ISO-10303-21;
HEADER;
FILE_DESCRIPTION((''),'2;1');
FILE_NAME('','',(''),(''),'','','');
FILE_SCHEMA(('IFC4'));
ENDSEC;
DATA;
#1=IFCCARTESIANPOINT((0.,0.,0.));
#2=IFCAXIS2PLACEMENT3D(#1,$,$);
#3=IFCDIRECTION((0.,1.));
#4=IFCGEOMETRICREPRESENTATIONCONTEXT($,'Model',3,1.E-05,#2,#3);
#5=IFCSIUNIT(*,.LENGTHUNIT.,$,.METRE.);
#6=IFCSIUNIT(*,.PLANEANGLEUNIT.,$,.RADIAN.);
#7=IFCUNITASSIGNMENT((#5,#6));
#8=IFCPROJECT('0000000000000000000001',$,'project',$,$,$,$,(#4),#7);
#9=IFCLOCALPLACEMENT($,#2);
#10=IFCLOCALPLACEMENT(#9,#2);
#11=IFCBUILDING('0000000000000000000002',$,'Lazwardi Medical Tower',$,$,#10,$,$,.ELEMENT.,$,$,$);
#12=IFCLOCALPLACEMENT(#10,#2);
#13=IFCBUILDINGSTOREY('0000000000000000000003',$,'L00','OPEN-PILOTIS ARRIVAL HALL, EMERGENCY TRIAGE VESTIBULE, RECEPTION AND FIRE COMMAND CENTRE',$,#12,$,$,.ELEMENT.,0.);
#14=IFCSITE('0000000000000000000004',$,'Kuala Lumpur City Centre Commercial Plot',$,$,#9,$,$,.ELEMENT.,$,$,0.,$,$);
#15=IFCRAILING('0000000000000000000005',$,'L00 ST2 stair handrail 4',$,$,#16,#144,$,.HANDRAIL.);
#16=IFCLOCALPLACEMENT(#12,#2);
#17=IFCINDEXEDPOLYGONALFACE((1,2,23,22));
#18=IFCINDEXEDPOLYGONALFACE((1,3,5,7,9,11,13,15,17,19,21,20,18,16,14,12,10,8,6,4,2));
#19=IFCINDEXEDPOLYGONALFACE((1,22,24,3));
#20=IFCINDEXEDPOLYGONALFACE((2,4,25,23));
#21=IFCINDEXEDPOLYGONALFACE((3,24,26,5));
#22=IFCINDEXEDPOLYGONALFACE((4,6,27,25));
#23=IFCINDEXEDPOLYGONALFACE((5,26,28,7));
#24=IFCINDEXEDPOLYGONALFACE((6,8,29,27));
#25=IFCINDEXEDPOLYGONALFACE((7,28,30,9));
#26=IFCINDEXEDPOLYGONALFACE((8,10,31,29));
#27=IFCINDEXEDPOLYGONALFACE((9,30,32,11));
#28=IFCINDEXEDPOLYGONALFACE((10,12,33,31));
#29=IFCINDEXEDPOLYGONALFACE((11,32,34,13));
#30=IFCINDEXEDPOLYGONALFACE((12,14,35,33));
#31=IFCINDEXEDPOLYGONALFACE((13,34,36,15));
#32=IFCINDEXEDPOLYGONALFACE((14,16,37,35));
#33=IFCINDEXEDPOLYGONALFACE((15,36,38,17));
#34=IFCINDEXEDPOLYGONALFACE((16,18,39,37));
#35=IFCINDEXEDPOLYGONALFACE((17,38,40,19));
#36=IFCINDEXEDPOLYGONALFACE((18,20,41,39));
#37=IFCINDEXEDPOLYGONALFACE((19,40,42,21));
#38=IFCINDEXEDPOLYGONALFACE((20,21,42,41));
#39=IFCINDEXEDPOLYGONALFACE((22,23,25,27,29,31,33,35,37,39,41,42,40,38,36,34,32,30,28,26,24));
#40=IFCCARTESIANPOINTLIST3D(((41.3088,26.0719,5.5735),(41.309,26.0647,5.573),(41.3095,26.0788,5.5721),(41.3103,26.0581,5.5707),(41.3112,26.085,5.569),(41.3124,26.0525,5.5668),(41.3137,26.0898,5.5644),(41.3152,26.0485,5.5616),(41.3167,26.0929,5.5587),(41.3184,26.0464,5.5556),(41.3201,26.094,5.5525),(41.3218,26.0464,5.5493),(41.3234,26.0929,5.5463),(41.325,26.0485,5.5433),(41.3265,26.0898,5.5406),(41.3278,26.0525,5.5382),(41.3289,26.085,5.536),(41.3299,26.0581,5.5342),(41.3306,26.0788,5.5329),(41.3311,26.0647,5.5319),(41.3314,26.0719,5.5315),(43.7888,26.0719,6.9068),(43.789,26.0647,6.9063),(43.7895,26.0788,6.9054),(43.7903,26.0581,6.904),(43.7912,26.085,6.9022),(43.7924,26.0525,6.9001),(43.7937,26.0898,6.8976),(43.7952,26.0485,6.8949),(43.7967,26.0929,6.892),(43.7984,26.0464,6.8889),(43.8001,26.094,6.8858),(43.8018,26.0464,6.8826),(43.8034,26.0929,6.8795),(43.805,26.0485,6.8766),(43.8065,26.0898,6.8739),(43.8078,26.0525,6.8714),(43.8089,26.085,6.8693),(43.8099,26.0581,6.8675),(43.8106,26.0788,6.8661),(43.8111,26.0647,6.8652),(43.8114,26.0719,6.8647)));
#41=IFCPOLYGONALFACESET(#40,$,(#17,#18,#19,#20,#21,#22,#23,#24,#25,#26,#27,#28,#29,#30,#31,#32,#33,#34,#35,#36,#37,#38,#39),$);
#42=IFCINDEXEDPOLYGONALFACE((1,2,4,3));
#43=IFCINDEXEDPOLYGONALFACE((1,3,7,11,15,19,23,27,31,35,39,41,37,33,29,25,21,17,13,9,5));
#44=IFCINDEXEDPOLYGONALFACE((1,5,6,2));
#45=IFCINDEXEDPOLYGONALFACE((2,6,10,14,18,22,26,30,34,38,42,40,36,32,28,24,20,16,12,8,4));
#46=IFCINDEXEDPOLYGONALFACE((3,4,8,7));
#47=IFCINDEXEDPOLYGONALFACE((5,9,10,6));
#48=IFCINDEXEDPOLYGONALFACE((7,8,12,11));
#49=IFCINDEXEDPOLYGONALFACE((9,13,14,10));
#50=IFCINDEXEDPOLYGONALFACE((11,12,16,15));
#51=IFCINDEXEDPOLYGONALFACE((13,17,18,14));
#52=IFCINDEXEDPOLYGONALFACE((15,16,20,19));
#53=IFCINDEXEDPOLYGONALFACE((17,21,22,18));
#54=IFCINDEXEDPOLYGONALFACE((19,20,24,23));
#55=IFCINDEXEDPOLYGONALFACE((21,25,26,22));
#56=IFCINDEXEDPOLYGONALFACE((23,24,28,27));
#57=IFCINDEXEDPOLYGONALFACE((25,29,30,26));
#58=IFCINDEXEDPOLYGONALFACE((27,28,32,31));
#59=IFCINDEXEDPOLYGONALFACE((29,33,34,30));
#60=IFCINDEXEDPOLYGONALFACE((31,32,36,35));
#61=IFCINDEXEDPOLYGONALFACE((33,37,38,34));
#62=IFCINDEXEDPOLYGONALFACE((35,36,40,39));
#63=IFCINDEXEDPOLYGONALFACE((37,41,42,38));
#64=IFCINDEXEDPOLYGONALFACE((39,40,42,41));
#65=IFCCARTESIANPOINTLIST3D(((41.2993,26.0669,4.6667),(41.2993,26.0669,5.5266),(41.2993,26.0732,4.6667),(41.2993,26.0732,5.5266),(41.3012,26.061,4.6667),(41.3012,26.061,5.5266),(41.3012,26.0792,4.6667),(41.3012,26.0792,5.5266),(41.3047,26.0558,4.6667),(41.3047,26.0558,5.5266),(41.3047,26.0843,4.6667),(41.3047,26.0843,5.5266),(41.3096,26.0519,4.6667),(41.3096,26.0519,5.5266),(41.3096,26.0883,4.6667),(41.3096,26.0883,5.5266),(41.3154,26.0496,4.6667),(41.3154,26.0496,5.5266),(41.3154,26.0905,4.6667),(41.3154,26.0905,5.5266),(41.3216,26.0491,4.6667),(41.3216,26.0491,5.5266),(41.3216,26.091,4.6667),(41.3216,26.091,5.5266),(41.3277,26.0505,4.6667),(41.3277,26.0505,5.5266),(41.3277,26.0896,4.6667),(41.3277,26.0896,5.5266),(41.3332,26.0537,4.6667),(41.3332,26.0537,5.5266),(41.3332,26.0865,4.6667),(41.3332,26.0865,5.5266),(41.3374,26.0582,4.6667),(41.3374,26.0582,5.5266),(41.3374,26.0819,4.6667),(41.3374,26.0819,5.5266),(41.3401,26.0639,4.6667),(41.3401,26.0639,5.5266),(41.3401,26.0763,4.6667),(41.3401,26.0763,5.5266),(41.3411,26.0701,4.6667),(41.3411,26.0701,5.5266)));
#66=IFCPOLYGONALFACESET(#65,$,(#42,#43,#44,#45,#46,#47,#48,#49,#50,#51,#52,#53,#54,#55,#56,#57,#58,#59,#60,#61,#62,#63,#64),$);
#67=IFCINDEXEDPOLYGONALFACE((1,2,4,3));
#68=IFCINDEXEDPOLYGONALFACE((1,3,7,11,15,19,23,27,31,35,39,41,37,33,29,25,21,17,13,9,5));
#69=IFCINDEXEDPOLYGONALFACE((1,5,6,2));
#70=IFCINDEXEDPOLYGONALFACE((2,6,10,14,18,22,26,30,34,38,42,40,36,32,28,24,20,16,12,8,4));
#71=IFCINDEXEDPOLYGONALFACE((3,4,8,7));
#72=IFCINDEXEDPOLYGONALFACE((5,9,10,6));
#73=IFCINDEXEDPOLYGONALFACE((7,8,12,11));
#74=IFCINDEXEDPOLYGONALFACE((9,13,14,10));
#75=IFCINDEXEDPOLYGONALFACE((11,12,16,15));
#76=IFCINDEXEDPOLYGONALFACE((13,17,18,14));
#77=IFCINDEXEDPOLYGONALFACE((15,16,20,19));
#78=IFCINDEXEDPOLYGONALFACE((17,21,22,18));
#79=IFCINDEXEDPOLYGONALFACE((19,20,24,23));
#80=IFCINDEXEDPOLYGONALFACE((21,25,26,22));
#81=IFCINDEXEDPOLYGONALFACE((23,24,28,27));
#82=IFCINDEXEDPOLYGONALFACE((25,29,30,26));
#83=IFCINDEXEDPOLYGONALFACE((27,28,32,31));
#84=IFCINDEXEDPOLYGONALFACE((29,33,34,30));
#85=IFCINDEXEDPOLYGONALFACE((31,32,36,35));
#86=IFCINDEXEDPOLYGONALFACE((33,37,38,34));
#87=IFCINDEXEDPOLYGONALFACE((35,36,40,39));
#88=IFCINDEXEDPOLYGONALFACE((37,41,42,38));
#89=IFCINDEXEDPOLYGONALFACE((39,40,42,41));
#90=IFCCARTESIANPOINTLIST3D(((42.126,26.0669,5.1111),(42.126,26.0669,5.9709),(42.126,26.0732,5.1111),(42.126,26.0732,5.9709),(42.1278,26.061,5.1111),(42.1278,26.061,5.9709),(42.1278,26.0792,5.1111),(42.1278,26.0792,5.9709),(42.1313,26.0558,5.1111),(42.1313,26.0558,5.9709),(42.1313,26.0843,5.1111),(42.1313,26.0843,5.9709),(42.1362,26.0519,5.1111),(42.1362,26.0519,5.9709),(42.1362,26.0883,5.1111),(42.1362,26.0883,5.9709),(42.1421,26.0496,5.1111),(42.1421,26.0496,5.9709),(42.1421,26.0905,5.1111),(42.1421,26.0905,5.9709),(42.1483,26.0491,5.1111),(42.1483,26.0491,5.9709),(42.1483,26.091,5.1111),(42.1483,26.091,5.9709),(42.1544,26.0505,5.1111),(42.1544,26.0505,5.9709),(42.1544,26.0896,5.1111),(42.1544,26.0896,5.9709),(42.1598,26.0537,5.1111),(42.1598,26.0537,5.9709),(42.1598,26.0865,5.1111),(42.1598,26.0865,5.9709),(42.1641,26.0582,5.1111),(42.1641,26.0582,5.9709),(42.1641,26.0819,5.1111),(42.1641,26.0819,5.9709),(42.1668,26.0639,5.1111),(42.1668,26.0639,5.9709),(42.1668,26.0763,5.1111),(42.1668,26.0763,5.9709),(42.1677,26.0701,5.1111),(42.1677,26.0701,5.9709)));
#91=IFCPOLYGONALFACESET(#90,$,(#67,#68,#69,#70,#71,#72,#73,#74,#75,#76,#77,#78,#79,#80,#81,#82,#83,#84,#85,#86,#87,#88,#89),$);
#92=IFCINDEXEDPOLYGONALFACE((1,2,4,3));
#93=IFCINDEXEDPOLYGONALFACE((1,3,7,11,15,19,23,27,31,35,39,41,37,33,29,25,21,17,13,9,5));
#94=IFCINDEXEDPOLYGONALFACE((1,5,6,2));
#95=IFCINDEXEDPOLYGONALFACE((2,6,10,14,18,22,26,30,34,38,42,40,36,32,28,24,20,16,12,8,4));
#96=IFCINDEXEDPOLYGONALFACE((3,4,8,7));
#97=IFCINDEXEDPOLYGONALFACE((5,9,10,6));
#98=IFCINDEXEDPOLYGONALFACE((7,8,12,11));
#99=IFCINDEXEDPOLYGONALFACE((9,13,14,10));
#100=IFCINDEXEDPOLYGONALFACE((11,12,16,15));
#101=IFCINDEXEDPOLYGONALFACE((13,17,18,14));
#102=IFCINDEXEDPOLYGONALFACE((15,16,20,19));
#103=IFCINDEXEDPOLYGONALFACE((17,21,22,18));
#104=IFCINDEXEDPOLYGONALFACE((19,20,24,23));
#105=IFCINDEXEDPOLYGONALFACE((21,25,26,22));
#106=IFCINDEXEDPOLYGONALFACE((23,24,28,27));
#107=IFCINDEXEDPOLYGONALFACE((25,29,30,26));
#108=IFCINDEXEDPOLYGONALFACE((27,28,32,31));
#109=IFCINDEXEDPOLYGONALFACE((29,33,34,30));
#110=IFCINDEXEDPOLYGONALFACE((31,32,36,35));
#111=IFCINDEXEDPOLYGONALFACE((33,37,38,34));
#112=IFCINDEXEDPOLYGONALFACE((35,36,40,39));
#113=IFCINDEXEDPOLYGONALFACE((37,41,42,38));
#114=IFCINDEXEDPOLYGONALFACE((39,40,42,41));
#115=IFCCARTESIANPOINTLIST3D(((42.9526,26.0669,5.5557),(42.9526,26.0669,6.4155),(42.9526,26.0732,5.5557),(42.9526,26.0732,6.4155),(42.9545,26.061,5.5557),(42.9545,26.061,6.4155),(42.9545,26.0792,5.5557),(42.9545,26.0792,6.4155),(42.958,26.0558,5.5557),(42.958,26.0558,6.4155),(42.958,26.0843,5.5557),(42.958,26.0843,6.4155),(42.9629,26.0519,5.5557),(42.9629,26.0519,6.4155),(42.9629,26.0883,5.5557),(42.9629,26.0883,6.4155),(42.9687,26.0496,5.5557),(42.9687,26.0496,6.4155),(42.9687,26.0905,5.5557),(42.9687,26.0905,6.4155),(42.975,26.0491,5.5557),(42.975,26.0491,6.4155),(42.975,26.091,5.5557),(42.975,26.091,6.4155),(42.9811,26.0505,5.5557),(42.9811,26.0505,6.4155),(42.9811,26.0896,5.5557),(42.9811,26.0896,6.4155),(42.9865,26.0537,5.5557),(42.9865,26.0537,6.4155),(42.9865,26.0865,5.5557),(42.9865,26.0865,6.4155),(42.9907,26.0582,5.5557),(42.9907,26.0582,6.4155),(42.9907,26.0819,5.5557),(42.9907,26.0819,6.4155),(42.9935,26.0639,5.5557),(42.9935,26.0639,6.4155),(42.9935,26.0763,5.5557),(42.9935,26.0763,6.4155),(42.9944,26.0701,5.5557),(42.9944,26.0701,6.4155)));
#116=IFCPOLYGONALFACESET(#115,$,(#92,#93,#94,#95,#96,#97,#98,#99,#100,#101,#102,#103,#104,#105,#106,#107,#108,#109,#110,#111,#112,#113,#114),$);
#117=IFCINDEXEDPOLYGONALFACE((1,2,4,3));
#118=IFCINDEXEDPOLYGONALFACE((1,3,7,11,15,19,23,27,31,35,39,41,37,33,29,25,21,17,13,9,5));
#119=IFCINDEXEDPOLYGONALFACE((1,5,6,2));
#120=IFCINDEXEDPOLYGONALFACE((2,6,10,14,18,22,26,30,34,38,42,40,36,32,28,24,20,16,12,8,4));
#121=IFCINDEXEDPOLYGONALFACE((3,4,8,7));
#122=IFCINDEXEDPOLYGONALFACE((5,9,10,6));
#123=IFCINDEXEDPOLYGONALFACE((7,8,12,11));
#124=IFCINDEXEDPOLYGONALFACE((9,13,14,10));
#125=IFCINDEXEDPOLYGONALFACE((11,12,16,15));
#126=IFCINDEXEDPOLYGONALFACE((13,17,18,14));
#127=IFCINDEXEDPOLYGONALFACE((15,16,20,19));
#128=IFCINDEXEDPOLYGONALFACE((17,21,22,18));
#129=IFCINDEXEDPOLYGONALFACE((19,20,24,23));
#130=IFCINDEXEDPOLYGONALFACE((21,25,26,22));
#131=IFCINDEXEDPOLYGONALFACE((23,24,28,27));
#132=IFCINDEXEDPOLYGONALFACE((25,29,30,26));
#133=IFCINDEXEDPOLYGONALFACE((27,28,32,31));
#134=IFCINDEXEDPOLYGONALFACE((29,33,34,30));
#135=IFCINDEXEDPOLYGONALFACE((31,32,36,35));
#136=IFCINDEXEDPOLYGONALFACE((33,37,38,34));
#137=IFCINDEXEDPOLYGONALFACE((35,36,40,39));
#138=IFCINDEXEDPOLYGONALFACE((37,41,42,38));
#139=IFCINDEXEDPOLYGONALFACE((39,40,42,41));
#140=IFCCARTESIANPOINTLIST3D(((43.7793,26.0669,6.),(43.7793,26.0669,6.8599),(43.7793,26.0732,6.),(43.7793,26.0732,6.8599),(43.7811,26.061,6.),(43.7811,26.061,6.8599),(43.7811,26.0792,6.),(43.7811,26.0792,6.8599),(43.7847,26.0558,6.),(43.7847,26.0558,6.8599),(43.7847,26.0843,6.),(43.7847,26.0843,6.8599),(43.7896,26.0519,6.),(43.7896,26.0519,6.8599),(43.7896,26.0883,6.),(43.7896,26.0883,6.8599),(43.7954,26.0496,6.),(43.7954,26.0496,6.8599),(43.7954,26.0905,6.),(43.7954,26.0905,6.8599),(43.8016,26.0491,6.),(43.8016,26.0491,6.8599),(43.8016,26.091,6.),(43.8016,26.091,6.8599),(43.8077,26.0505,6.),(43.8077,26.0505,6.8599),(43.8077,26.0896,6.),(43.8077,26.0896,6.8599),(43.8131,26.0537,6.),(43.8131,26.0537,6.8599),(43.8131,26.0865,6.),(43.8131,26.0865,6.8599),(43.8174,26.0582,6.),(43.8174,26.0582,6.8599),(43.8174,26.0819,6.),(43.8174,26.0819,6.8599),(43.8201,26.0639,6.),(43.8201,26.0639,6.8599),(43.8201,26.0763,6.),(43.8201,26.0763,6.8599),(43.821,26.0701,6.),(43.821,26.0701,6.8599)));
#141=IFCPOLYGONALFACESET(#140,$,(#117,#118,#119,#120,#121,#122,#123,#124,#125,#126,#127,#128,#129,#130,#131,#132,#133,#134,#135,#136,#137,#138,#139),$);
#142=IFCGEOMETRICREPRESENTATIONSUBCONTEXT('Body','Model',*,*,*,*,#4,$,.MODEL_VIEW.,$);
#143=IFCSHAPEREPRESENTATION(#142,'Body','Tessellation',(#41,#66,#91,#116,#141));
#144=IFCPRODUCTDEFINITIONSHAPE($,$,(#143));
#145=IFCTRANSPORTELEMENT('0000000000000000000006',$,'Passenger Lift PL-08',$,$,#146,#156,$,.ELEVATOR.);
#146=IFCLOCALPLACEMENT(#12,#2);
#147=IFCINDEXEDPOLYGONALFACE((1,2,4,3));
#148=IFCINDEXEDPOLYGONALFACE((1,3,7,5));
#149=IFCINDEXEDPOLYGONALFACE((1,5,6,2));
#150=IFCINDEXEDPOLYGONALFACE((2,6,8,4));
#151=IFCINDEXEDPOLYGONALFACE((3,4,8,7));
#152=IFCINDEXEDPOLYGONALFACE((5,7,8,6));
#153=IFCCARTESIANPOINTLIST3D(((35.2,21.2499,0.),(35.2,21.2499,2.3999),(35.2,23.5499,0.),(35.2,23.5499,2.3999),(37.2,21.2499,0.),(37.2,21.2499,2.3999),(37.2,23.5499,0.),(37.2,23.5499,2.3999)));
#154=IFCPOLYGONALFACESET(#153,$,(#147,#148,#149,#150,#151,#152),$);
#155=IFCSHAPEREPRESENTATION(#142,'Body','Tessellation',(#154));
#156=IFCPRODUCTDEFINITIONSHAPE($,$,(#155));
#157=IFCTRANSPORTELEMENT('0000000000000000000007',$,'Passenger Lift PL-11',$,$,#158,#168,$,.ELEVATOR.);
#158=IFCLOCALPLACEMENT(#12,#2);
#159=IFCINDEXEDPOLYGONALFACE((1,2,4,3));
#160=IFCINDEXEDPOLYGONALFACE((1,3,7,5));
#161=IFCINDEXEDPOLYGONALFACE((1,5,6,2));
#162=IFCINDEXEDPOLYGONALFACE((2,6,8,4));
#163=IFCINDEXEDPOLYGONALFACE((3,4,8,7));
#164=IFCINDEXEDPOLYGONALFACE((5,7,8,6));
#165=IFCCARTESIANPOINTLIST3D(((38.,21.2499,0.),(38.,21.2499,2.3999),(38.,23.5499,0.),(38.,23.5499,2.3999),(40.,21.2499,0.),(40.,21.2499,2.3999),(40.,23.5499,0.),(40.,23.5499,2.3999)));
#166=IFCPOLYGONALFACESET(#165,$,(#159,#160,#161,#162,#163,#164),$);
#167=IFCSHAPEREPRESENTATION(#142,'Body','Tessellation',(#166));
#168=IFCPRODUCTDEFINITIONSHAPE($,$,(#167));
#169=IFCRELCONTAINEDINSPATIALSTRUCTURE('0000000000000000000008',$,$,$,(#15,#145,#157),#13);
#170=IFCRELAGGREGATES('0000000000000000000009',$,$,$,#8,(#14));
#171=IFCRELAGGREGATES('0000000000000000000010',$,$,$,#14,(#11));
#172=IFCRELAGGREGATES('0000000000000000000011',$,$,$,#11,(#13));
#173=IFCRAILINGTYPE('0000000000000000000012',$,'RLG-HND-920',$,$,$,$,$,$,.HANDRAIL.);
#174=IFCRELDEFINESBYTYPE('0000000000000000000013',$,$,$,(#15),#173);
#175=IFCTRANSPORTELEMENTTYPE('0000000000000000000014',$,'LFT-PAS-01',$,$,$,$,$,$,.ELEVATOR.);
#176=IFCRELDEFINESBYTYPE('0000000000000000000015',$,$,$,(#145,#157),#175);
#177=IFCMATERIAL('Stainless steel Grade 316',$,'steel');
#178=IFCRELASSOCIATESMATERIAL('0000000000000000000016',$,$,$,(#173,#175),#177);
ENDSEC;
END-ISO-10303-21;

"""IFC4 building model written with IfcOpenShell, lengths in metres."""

from ifc_helpers import new_model, si_unit, direction, frame, origin, origin_2d, place, context, subcontext, project, spatial, rectangle, circle, extrude, material, type_object, element, save


model = new_model("IFC4")

# Units and contexts
model_context = context("Model", 3, precision=1e-05, world=origin(), true_north=direction((0.0, 1.0)))
body_context = subcontext(model_context, "Body", "Model", "MODEL_VIEW")
ifc_project = project(units=[si_unit("LENGTHUNIT", "METRE"), si_unit("PLANEANGLEUNIT", "RADIAN")], contexts=[model_context])

# Site, building, storey
site_placement = place(None, origin())
site = spatial("IfcSite", under=ifc_project, at=site_placement, Name="Kuala Lumpur City Centre Commercial Plot", CompositionType="ELEMENT", RefElevation=0.0)
building_placement = place(site_placement, origin())
building = spatial("IfcBuilding", under=site, at=building_placement, Name="Lazwardi Medical Tower", CompositionType="ELEMENT")
storey_placement = place(building_placement, origin())
storey = spatial("IfcBuildingStorey", under=building, at=storey_placement, Name="L00", Description="OPEN-PILOTIS ARRIVAL HALL, EMERGENCY TRIAGE VESTIBULE, RECEPTION AND FIRE COMMAND CENTRE", CompositionType="ELEMENT", Elevation=0.0)

# Railing
ifc_material_1 = material(Name="Stainless steel Grade 316", Category="steel")
railing_type = type_object("IfcRailingType", Name="RLG-HND-920", PredefinedType="HANDRAIL", material=ifc_material_1)
for number, where, name in (
    (1, (41.3201, 26.0701, 4.6667), "L00 ST2 stair handrail 4"),
):
    element("IfcRailing", number, at=place(storey_placement, frame(where)), inside=storey, type_object=railing_type, Name=name, PredefinedType="HANDRAIL", context=body_context, shape_type="SweptSolid", body=[
        extrude(circle(Radius=0.0239, at=origin_2d()), frame((0.0, 0.0, 0.8857), z_axis=(0.880786, 0.0, 0.473515), x_axis=(0.0, 1.0, 0.0)), (0.0, 0.0, 1.0), 2.8157),
        extrude(circle(Radius=0.021, at=origin_2d()), origin(), (0.0, 0.0, 1.0), 0.8599),
        extrude(circle(Radius=0.021, at=origin_2d()), frame((0.8267, 0.0, 0.4443)), (0.0, 0.0, 1.0), 0.8599),
        extrude(circle(Radius=0.021, at=origin_2d()), frame((1.6533, 0.0, 0.8889)), (0.0, 0.0, 1.0), 0.8599),
        extrude(circle(Radius=0.021, at=origin_2d()), frame((2.48, 0.0, 1.3333)), (0.0, 0.0, 1.0), 0.8599),
    ])

# Transport elements
transport_element_type = type_object("IfcTransportElementType", Name="LFT-PAS-01", PredefinedType="ELEVATOR", material=ifc_material_1)
for number, where, z_axis, x_axis, name in (
    (2, (36.2, 22.3999, 0.0), (0.0, 0.0, 1.0), (1.0, 0.0, 0.0), "Passenger Lift PL-08"),
    (3, (39.0, 22.3999, 0.0), (0.0, 0.0, 1.0), (1.0, 0.0, 0.0), "Passenger Lift PL-11"),
):
    element("IfcTransportElement", number, at=place(storey_placement, frame(where, z_axis=z_axis, x_axis=x_axis)), inside=storey, type_object=transport_element_type, Name=name, PredefinedType="ELEVATOR", context=body_context, shape_type="SweptSolid", body=[
        extrude(rectangle(XDim=2.0, YDim=2.3, at=origin_2d()), origin(), (0.0, 0.0, 1.0), 2.3999),
    ])

save(model, "model.ifc")
